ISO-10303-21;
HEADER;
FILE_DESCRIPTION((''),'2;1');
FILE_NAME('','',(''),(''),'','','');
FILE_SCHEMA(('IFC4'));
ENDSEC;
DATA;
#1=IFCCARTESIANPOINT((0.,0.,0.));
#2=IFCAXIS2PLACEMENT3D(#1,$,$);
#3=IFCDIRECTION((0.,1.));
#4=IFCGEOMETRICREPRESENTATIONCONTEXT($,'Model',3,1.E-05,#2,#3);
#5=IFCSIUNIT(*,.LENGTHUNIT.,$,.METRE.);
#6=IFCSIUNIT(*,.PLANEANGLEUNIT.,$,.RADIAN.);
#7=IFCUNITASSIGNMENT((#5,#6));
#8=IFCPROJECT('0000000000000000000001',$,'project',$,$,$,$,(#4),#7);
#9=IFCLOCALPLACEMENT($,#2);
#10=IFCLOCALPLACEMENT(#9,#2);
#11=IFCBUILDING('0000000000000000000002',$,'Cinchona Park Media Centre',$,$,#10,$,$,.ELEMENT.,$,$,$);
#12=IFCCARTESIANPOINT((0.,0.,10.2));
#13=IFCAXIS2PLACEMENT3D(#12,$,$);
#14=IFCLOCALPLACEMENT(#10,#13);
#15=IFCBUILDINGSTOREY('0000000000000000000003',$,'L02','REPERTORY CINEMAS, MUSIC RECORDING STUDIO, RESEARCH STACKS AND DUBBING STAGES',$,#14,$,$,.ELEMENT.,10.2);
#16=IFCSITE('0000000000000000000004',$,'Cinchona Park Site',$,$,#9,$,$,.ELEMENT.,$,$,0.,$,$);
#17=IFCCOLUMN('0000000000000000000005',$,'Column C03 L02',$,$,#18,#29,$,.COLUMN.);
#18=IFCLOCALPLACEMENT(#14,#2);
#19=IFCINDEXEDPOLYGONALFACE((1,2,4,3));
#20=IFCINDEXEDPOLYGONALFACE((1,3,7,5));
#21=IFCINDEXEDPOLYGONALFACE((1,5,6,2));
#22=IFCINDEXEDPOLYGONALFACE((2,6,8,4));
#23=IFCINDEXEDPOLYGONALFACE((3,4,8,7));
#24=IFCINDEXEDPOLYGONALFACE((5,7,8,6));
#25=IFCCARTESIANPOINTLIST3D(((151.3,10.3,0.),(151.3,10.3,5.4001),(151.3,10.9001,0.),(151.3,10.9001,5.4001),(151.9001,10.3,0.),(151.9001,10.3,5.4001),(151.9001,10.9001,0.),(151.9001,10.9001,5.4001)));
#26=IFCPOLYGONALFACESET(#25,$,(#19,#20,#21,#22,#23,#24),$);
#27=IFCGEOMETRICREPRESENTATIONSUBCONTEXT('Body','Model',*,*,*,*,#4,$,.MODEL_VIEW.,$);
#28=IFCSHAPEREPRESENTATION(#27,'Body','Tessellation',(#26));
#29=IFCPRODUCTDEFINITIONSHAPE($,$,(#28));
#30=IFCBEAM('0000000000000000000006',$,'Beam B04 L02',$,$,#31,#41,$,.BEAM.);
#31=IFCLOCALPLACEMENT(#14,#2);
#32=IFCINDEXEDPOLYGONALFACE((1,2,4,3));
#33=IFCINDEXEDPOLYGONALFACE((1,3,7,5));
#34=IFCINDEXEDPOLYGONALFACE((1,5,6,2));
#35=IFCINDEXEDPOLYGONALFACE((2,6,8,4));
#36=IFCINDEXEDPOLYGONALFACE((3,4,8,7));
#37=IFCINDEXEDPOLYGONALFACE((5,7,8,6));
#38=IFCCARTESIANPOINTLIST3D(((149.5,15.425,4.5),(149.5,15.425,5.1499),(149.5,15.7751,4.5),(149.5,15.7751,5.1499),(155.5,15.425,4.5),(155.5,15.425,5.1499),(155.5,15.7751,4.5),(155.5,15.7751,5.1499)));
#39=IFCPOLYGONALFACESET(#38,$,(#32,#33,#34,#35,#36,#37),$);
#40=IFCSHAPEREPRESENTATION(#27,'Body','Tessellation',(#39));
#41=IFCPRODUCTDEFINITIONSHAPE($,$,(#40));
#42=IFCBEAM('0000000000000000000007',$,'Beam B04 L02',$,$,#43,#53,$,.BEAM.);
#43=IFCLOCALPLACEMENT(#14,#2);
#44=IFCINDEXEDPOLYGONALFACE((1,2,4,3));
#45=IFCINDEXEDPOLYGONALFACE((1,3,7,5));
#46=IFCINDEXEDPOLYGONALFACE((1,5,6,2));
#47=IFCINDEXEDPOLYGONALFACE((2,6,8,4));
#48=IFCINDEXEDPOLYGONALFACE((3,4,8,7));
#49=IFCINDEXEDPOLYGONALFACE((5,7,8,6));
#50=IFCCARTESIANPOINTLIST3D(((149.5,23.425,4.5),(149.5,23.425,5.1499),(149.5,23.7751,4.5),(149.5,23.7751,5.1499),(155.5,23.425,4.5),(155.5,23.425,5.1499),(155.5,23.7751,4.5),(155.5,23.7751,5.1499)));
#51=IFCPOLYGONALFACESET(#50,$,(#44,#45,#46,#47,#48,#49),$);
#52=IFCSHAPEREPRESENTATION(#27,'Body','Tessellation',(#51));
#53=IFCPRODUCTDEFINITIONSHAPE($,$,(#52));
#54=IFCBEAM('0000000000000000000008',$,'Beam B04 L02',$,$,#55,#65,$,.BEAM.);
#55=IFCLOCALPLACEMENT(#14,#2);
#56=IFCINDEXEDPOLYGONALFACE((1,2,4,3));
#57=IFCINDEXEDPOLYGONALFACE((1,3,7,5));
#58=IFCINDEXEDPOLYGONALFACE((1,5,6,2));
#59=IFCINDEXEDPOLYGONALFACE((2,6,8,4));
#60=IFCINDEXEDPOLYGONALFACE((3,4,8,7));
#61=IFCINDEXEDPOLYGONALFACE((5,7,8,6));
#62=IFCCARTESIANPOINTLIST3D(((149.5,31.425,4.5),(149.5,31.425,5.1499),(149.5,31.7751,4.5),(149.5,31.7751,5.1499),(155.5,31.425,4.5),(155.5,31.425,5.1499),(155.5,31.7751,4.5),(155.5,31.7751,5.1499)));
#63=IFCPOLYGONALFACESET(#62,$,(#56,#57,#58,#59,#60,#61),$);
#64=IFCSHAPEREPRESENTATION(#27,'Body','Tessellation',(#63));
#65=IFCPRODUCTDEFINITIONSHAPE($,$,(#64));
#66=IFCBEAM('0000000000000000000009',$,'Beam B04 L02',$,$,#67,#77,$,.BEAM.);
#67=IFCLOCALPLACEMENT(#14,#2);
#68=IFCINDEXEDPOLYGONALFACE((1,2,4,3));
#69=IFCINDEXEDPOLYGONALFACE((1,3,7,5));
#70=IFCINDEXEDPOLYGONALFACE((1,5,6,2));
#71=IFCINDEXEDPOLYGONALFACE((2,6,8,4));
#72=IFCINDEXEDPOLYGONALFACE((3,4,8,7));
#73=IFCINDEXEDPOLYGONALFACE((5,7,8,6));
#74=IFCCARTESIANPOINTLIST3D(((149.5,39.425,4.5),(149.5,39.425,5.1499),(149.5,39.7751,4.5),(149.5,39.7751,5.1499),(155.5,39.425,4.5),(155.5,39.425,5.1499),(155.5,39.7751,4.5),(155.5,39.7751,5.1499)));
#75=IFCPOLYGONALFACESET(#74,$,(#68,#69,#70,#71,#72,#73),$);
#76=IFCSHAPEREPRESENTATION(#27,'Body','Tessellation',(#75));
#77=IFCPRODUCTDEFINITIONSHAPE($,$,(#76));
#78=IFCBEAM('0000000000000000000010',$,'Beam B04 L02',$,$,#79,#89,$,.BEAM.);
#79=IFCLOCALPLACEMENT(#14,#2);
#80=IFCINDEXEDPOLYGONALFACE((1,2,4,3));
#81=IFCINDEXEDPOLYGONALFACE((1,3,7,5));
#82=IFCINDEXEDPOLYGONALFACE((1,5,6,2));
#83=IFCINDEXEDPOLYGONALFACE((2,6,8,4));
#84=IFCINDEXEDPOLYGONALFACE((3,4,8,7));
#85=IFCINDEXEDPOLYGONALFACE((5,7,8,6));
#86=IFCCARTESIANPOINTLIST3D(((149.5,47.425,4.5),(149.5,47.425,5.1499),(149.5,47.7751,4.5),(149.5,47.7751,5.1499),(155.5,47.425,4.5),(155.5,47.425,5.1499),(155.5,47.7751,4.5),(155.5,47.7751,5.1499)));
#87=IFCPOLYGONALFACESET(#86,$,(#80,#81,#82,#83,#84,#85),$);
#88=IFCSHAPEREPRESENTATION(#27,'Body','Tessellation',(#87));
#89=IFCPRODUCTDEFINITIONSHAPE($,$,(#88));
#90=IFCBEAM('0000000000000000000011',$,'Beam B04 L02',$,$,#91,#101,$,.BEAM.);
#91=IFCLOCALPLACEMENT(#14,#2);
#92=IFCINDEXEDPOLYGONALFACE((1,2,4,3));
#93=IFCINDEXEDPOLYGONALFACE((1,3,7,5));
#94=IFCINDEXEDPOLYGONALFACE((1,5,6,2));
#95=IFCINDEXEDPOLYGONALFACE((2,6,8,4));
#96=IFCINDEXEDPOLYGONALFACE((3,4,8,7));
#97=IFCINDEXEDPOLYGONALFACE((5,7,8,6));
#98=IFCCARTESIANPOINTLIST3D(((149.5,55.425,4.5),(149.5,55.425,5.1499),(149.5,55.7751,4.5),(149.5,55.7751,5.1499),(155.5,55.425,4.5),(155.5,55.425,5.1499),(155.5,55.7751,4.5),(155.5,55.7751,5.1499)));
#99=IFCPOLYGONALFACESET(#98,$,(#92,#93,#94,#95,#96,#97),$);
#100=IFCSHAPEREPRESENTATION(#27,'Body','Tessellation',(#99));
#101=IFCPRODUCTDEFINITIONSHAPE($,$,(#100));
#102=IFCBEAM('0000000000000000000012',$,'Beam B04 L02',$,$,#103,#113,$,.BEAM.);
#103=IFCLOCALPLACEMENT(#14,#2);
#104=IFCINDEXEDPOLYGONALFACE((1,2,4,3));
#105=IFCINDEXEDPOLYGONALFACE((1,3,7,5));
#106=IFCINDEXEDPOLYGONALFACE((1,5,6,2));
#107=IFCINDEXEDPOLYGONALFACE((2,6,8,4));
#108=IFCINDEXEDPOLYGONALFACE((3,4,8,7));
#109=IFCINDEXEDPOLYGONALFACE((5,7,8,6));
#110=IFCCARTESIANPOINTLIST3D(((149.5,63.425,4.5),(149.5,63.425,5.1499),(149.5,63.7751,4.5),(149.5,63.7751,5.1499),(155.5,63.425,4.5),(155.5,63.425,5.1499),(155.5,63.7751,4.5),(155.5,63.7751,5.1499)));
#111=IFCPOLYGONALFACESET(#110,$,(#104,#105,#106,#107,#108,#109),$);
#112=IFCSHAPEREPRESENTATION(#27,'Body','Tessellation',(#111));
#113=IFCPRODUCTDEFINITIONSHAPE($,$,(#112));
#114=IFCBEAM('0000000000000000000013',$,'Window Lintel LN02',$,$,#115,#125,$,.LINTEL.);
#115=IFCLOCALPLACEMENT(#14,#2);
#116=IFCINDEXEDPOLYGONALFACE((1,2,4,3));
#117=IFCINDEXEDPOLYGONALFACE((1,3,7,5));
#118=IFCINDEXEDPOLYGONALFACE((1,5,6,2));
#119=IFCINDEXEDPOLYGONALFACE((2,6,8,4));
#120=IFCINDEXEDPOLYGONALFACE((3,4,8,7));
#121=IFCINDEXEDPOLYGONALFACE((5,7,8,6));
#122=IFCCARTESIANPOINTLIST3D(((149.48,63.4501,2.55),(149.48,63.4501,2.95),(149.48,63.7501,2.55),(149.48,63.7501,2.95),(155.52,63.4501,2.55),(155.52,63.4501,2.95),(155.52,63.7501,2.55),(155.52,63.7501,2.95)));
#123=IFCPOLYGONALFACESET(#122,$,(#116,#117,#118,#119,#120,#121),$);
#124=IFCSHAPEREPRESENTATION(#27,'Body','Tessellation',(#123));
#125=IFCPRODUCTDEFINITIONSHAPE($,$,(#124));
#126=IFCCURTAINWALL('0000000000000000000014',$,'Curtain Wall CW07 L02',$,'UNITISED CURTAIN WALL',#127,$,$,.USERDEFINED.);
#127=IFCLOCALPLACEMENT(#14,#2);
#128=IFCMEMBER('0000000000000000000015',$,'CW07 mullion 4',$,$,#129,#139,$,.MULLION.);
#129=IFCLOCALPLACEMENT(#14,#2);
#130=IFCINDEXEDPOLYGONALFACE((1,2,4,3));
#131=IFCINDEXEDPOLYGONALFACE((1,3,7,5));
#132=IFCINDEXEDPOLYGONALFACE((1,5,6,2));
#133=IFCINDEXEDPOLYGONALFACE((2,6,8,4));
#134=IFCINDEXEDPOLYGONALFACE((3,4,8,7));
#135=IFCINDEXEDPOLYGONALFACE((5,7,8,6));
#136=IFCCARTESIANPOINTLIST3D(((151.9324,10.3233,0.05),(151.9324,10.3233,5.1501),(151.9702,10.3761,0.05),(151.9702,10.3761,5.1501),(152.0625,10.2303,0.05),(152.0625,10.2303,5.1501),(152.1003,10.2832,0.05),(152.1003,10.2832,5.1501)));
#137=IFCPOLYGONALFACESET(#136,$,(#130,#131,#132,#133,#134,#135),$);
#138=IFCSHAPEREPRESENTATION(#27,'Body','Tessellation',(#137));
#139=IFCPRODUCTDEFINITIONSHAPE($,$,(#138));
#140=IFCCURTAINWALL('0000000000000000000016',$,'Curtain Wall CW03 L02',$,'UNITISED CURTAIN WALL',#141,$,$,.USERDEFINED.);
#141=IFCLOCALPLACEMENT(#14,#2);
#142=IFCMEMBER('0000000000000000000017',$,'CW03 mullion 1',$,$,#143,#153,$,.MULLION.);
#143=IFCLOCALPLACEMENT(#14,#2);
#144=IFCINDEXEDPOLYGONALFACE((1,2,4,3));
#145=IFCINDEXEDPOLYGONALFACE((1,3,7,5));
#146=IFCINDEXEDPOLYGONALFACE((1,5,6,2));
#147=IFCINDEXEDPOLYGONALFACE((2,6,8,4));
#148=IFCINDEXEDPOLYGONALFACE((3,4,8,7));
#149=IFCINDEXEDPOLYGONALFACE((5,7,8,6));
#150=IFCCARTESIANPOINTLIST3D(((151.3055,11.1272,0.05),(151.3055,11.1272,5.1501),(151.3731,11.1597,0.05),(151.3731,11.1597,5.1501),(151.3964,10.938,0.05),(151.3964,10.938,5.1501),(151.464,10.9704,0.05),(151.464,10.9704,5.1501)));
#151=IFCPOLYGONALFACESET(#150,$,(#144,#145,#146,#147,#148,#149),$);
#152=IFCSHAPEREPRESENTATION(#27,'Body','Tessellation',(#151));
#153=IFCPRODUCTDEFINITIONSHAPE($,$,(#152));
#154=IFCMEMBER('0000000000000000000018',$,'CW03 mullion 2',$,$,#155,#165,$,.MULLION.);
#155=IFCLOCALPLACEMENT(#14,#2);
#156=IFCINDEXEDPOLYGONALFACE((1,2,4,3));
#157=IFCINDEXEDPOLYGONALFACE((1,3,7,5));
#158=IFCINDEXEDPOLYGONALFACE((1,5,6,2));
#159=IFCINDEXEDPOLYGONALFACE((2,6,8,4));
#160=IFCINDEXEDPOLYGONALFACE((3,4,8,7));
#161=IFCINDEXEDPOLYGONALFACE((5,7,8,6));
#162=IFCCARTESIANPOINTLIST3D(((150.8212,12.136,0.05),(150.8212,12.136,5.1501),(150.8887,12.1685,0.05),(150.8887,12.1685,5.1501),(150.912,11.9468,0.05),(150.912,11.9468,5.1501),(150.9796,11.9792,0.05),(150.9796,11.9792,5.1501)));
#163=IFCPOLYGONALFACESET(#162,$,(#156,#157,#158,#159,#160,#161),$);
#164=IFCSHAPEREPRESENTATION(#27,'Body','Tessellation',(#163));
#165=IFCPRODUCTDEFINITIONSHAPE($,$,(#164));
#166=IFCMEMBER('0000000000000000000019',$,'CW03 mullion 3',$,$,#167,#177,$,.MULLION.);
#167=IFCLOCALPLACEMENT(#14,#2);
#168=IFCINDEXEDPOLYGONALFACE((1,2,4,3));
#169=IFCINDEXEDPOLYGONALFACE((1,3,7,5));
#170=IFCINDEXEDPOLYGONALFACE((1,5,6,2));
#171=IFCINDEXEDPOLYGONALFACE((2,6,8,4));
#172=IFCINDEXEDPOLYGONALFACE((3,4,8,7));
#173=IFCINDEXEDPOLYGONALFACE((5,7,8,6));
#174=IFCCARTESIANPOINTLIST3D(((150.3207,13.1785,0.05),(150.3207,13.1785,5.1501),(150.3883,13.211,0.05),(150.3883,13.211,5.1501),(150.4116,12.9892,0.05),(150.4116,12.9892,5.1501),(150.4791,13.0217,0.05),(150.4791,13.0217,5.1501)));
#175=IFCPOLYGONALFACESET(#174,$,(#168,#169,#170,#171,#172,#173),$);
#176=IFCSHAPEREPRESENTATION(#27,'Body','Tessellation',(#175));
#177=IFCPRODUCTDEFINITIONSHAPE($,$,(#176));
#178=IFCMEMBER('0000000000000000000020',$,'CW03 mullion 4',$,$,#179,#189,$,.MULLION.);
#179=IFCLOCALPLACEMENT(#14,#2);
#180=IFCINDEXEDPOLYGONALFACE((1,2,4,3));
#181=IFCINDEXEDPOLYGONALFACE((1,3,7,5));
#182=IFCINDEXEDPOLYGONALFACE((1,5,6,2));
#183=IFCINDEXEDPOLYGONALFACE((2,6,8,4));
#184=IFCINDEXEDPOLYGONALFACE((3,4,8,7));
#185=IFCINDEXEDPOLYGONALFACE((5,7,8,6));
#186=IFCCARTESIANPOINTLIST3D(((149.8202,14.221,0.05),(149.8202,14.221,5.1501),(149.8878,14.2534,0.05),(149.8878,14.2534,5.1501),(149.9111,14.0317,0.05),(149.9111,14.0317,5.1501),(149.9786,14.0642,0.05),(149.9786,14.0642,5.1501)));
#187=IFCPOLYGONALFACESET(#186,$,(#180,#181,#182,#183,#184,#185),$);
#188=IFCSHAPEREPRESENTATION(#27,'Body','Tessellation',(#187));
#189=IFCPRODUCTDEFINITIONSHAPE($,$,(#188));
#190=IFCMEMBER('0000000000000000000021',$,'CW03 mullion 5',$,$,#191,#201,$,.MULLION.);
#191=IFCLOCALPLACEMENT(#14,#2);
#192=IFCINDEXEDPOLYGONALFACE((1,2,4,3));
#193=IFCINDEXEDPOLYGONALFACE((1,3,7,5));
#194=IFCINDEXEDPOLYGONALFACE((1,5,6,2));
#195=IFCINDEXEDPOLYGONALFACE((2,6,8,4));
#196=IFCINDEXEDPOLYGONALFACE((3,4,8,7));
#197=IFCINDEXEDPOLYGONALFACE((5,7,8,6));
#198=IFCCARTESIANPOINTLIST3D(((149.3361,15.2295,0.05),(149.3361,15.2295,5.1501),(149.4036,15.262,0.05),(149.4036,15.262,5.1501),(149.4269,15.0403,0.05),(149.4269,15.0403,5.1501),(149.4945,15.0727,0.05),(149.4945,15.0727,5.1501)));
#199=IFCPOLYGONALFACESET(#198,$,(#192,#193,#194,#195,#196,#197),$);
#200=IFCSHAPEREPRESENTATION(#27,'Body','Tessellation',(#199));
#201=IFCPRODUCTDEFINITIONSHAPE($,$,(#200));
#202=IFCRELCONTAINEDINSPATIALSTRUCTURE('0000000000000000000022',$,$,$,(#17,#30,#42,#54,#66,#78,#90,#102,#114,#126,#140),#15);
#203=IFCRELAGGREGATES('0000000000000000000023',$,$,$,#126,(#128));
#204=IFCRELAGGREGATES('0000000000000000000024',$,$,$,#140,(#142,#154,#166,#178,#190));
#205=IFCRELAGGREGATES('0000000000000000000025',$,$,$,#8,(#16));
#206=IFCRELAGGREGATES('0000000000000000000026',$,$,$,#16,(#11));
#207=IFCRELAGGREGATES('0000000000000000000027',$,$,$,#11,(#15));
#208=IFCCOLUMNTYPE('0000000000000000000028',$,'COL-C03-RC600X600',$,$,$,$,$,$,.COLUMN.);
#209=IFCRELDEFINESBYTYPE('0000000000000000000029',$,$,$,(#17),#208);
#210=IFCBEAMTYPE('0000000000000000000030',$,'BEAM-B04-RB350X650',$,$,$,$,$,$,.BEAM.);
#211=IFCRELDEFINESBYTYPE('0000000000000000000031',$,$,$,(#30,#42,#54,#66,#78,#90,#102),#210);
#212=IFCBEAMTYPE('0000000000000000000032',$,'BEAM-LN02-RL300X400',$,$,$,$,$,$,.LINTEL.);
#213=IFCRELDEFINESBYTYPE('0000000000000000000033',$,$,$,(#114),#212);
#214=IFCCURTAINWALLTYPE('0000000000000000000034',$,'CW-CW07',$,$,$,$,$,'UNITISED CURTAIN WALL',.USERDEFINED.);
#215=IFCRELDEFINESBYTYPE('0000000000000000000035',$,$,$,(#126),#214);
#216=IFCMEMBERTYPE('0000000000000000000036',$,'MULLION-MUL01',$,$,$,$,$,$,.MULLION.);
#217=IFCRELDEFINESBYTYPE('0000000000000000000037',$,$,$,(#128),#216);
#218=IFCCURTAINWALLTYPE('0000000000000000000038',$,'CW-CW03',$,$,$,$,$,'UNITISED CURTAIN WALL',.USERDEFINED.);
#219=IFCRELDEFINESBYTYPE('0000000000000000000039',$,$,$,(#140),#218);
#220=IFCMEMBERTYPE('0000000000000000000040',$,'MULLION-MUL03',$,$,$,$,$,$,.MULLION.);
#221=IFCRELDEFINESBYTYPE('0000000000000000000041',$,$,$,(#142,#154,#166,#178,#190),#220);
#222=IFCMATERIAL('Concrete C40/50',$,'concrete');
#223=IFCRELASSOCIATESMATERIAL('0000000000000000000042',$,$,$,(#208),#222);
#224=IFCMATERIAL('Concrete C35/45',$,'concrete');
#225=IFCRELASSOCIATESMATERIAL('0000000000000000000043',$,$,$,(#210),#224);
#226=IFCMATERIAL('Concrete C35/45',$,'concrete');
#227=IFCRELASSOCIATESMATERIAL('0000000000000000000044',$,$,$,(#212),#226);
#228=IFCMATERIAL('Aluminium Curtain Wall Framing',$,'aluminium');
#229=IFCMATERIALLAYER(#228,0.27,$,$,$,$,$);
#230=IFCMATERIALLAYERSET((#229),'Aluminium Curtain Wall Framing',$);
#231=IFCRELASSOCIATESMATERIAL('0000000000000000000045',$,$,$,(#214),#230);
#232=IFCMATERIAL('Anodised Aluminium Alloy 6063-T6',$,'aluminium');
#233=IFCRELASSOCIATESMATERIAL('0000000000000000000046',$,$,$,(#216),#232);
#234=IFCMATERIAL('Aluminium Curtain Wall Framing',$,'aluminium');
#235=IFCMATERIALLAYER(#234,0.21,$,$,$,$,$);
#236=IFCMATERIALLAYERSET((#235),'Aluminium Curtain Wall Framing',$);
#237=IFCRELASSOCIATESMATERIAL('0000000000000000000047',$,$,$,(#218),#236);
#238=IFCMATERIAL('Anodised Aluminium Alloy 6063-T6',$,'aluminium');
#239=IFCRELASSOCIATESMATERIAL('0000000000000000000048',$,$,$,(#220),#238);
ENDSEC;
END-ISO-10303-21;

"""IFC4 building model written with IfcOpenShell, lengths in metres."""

from ifc_helpers import new_model, si_unit, direction, frame, origin, origin_2d, place, context, subcontext, project, spatial, rectangle, extrude, material, layer, layer_set, material_profile, profile_set, type_object, element, aggregate, save


model = new_model("IFC4")

# Units and contexts
model_context = context("Model", 3, precision=1e-05, world=origin(), true_north=direction((0.0, 1.0)))
body_context = subcontext(model_context, "Body", "Model", "MODEL_VIEW")
ifc_project = project(units=[si_unit("LENGTHUNIT", "METRE"), si_unit("PLANEANGLEUNIT", "RADIAN")], contexts=[model_context])

# Site, building, storey
site_placement = place(None, origin())
site = spatial("IfcSite", under=ifc_project, at=site_placement, Name="Cinchona Park Site", CompositionType="ELEMENT", RefElevation=0.0)
building_placement = place(site_placement, origin())
building = spatial("IfcBuilding", under=site, at=building_placement, Name="Cinchona Park Media Centre", CompositionType="ELEMENT")
storey_placement = place(building_placement, frame((0.0, 0.0, 10.2)))
storey = spatial("IfcBuildingStorey", under=building, at=storey_placement, Name="L02", Description="REPERTORY CINEMAS, MUSIC RECORDING STUDIO, RESEARCH STACKS AND DUBBING STAGES", CompositionType="ELEMENT", Elevation=10.2)

# Column
ifc_material_1 = material(Name="Concrete C40/50", Category="concrete")
ifc_material_profile_1 = material_profile(ifc_material_1, rectangle(XDim=0.6001, YDim=0.6001, at=origin_2d()), Name="RC 600X600")
ifc_profile_set_1 = profile_set([ifc_material_profile_1], Name="Concrete C40/50")
column_type = type_object("IfcColumnType", Name="COL-C03-RC600X600", PredefinedType="COLUMN", material=ifc_profile_set_1)
column_placement = place(storey_placement, frame((151.6001, 10.6001, 0.0), z_axis=(0.0, 0.0, 1.0), x_axis=(1.0, 0.0, 0.0)))
element("IfcColumn", 1, at=column_placement, inside=storey, type_object=column_type, Name="Column C03 L02", PredefinedType="COLUMN", context=body_context, shape_type="SweptSolid", body=[
    extrude(rectangle(XDim=0.6001, YDim=0.6001, at=origin_2d()), origin(), (0.0, 0.0, 1.0), 5.4001),
])

# Beams
ifc_material_2 = material(Name="Concrete C35/45", Category="concrete")
ifc_material_profile_2 = material_profile(ifc_material_2, rectangle(XDim=0.3501, YDim=0.6499, at=origin_2d()), Name="RB 350X650")
ifc_profile_set_2 = profile_set([ifc_material_profile_2], Name="Concrete C35/45")
beam_type_1 = type_object("IfcBeamType", Name="BEAM-B04-RB350X650", PredefinedType="BEAM", material=ifc_profile_set_2)
for number, where, z_axis, x_axis, name in (
    (2, (149.5, 15.6001, 4.825), (1.0, 0.0, 0.0), (0.0, 1.0, 0.0), "Beam B04 L02"),
    (3, (149.5, 23.6001, 4.825), (1.0, 0.0, 0.0), (0.0, 1.0, 0.0), "Beam B04 L02"),
    (4, (149.5, 31.6001, 4.825), (1.0, 0.0, 0.0), (0.0, 1.0, 0.0), "Beam B04 L02"),
    (5, (149.5, 39.6001, 4.825), (1.0, 0.0, 0.0), (0.0, 1.0, 0.0), "Beam B04 L02"),
    (6, (149.5, 47.6001, 4.825), (1.0, 0.0, 0.0), (0.0, 1.0, 0.0), "Beam B04 L02"),
    (7, (149.5, 55.6001, 4.825), (1.0, 0.0, 0.0), (0.0, 1.0, 0.0), "Beam B04 L02"),
    (8, (149.5, 63.6001, 4.825), (1.0, 0.0, 0.0), (0.0, 1.0, 0.0), "Beam B04 L02"),
):
    element("IfcBeam", number, at=place(storey_placement, frame(where, z_axis=z_axis, x_axis=x_axis)), inside=storey, type_object=beam_type_1, Name=name, PredefinedType="BEAM", context=body_context, shape_type="SweptSolid", body=[
        extrude(rectangle(XDim=0.3501, YDim=0.6499, at=origin_2d()), origin(), (0.0, 0.0, 1.0), 6.0),
    ])
ifc_material_3 = material(Name="Concrete C35/45", Category="concrete")
ifc_material_profile_3 = material_profile(ifc_material_3, rectangle(XDim=0.3, YDim=0.3999, at=origin_2d()), Name="RL 300X400")
ifc_profile_set_3 = profile_set([ifc_material_profile_3], Name="Concrete C35/45")
beam_type_2 = type_object("IfcBeamType", Name="BEAM-LN02-RL300X400", PredefinedType="LINTEL", material=ifc_profile_set_3)
beam_placement = place(storey_placement, frame((149.48, 63.6001, 2.75), z_axis=(1.0, 0.0, 0.0), x_axis=(0.0, 1.0, 0.0)))
element("IfcBeam", 9, at=beam_placement, inside=storey, type_object=beam_type_2, Name="Window Lintel LN02", PredefinedType="LINTEL", context=body_context, shape_type="SweptSolid", body=[
    extrude(rectangle(XDim=0.3, YDim=0.3999, at=origin_2d()), origin(), (0.0, 0.0, 1.0), 6.04),
])

# Curtain wall, member
ifc_material_4 = material(Name="Aluminium Curtain Wall Framing", Category="aluminium")
ifc_layer_1 = layer(ifc_material_4, 0.27)
ifc_layer_set_1 = layer_set([ifc_layer_1], Name="Aluminium Curtain Wall Framing")
curtain_wall_type_1 = type_object("IfcCurtainWallType", Name="CW-CW07", ElementType="UNITISED CURTAIN WALL", PredefinedType="USERDEFINED", material=ifc_layer_set_1)
curtain_wall_1_placement = place(storey_placement, origin())
curtain_wall_1 = element("IfcCurtainWall", 10, at=curtain_wall_1_placement, inside=storey, type_object=curtain_wall_type_1, Name="Curtain Wall CW07 L02", ObjectType="UNITISED CURTAIN WALL", PredefinedType="USERDEFINED")
ifc_material_5 = material(Name="Anodised Aluminium Alloy 6063-T6", Category="aluminium")
ifc_material_profile_4 = material_profile(ifc_material_5, rectangle(XDim=0.0649, YDim=0.1599, at=origin_2d()), Name="MUL-65X160")
ifc_profile_set_4 = profile_set([ifc_material_profile_4], Name="Anodised Aluminium Alloy 6063-T6")
member_type_1 = type_object("IfcMemberType", Name="MULLION-MUL01", PredefinedType="MULLION", material=ifc_profile_set_4)
member_1_placement = place(storey_placement, frame((152.0164, 10.3032, 0.05), z_axis=(0.0, 0.0, 1.0), x_axis=(-0.581418, -0.813605, 0.0)))
member_1 = element("IfcMember", 11, at=member_1_placement, type_object=member_type_1, Name="CW07 mullion 4", PredefinedType="MULLION", context=body_context, shape_type="SweptSolid", body=[
    extrude(rectangle(XDim=0.0649, YDim=0.1599, at=origin_2d()), origin(), (0.0, 0.0, 1.0), 5.1001),
])
aggregate(curtain_wall_1, [member_1])

# Curtain wall, members
ifc_material_6 = material(Name="Aluminium Curtain Wall Framing", Category="aluminium")
ifc_layer_2 = layer(ifc_material_6, 0.21)
ifc_layer_set_2 = layer_set([ifc_layer_2], Name="Aluminium Curtain Wall Framing")
curtain_wall_type_2 = type_object("IfcCurtainWallType", Name="CW-CW03", ElementType="UNITISED CURTAIN WALL", PredefinedType="USERDEFINED", material=ifc_layer_set_2)
curtain_wall_2_placement = place(storey_placement, origin())
curtain_wall_2 = element("IfcCurtainWall", 12, at=curtain_wall_2_placement, inside=storey, type_object=curtain_wall_type_2, Name="Curtain Wall CW03 L02", ObjectType="UNITISED CURTAIN WALL", PredefinedType="USERDEFINED")
ifc_material_7 = material(Name="Anodised Aluminium Alloy 6063-T6", Category="aluminium")
ifc_material_profile_5 = material_profile(ifc_material_7, rectangle(XDim=0.075, YDim=0.21, at=origin_2d()), Name="MUL-75X210")
ifc_profile_set_5 = profile_set([ifc_material_profile_5], Name="Anodised Aluminium Alloy 6063-T6")
member_type_2 = type_object("IfcMemberType", Name="MULLION-MUL03", PredefinedType="MULLION", material=ifc_profile_set_5)
member_2_placement = place(storey_placement, frame((151.3848, 11.0488, 0.05), z_axis=(0.0, 0.0, 1.0), x_axis=(-0.901489, -0.432801, 0.0)))
member_2 = element("IfcMember", 13, at=member_2_placement, type_object=member_type_2, Name="CW03 mullion 1", PredefinedType="MULLION", context=body_context, shape_type="SweptSolid", body=[
    extrude(rectangle(XDim=0.075, YDim=0.21, at=origin_2d()), origin(), (0.0, 0.0, 1.0), 5.1001),
])
member_3_placement = place(storey_placement, frame((150.9004, 12.0576, 0.05), z_axis=(0.0, 0.0, 1.0), x_axis=(-0.901489, -0.432801, 0.0)))
member_3 = element("IfcMember", 14, at=member_3_placement, type_object=member_type_2, Name="CW03 mullion 2", PredefinedType="MULLION", context=body_context, shape_type="SweptSolid", body=[
    extrude(rectangle(XDim=0.075, YDim=0.21, at=origin_2d()), origin(), (0.0, 0.0, 1.0), 5.1001),
])
member_4_placement = place(storey_placement, frame((150.3999, 13.1001, 0.05), z_axis=(0.0, 0.0, 1.0), x_axis=(-0.901489, -0.432801, 0.0)))
member_4 = element("IfcMember", 15, at=member_4_placement, type_object=member_type_2, Name="CW03 mullion 3", PredefinedType="MULLION", context=body_context, shape_type="SweptSolid", body=[
    extrude(rectangle(XDim=0.075, YDim=0.21, at=origin_2d()), origin(), (0.0, 0.0, 1.0), 5.1001),
])
member_5_placement = place(storey_placement, frame((149.8994, 14.1426, 0.05), z_axis=(0.0, 0.0, 1.0), x_axis=(-0.901489, -0.432801, 0.0)))
member_5 = element("IfcMember", 16, at=member_5_placement, type_object=member_type_2, Name="CW03 mullion 4", PredefinedType="MULLION", context=body_context, shape_type="SweptSolid", body=[
    extrude(rectangle(XDim=0.075, YDim=0.21, at=origin_2d()), origin(), (0.0, 0.0, 1.0), 5.1001),
])
member_6_placement = place(storey_placement, frame((149.4153, 15.1511, 0.05), z_axis=(0.0, 0.0, 1.0), x_axis=(-0.901489, -0.432801, 0.0)))
member_6 = element("IfcMember", 17, at=member_6_placement, type_object=member_type_2, Name="CW03 mullion 5", PredefinedType="MULLION", context=body_context, shape_type="SweptSolid", body=[
    extrude(rectangle(XDim=0.075, YDim=0.21, at=origin_2d()), origin(), (0.0, 0.0, 1.0), 5.1001),
])
aggregate(curtain_wall_2, [member_2, member_3, member_4, member_5, member_6])

save(model, "model.ifc")
